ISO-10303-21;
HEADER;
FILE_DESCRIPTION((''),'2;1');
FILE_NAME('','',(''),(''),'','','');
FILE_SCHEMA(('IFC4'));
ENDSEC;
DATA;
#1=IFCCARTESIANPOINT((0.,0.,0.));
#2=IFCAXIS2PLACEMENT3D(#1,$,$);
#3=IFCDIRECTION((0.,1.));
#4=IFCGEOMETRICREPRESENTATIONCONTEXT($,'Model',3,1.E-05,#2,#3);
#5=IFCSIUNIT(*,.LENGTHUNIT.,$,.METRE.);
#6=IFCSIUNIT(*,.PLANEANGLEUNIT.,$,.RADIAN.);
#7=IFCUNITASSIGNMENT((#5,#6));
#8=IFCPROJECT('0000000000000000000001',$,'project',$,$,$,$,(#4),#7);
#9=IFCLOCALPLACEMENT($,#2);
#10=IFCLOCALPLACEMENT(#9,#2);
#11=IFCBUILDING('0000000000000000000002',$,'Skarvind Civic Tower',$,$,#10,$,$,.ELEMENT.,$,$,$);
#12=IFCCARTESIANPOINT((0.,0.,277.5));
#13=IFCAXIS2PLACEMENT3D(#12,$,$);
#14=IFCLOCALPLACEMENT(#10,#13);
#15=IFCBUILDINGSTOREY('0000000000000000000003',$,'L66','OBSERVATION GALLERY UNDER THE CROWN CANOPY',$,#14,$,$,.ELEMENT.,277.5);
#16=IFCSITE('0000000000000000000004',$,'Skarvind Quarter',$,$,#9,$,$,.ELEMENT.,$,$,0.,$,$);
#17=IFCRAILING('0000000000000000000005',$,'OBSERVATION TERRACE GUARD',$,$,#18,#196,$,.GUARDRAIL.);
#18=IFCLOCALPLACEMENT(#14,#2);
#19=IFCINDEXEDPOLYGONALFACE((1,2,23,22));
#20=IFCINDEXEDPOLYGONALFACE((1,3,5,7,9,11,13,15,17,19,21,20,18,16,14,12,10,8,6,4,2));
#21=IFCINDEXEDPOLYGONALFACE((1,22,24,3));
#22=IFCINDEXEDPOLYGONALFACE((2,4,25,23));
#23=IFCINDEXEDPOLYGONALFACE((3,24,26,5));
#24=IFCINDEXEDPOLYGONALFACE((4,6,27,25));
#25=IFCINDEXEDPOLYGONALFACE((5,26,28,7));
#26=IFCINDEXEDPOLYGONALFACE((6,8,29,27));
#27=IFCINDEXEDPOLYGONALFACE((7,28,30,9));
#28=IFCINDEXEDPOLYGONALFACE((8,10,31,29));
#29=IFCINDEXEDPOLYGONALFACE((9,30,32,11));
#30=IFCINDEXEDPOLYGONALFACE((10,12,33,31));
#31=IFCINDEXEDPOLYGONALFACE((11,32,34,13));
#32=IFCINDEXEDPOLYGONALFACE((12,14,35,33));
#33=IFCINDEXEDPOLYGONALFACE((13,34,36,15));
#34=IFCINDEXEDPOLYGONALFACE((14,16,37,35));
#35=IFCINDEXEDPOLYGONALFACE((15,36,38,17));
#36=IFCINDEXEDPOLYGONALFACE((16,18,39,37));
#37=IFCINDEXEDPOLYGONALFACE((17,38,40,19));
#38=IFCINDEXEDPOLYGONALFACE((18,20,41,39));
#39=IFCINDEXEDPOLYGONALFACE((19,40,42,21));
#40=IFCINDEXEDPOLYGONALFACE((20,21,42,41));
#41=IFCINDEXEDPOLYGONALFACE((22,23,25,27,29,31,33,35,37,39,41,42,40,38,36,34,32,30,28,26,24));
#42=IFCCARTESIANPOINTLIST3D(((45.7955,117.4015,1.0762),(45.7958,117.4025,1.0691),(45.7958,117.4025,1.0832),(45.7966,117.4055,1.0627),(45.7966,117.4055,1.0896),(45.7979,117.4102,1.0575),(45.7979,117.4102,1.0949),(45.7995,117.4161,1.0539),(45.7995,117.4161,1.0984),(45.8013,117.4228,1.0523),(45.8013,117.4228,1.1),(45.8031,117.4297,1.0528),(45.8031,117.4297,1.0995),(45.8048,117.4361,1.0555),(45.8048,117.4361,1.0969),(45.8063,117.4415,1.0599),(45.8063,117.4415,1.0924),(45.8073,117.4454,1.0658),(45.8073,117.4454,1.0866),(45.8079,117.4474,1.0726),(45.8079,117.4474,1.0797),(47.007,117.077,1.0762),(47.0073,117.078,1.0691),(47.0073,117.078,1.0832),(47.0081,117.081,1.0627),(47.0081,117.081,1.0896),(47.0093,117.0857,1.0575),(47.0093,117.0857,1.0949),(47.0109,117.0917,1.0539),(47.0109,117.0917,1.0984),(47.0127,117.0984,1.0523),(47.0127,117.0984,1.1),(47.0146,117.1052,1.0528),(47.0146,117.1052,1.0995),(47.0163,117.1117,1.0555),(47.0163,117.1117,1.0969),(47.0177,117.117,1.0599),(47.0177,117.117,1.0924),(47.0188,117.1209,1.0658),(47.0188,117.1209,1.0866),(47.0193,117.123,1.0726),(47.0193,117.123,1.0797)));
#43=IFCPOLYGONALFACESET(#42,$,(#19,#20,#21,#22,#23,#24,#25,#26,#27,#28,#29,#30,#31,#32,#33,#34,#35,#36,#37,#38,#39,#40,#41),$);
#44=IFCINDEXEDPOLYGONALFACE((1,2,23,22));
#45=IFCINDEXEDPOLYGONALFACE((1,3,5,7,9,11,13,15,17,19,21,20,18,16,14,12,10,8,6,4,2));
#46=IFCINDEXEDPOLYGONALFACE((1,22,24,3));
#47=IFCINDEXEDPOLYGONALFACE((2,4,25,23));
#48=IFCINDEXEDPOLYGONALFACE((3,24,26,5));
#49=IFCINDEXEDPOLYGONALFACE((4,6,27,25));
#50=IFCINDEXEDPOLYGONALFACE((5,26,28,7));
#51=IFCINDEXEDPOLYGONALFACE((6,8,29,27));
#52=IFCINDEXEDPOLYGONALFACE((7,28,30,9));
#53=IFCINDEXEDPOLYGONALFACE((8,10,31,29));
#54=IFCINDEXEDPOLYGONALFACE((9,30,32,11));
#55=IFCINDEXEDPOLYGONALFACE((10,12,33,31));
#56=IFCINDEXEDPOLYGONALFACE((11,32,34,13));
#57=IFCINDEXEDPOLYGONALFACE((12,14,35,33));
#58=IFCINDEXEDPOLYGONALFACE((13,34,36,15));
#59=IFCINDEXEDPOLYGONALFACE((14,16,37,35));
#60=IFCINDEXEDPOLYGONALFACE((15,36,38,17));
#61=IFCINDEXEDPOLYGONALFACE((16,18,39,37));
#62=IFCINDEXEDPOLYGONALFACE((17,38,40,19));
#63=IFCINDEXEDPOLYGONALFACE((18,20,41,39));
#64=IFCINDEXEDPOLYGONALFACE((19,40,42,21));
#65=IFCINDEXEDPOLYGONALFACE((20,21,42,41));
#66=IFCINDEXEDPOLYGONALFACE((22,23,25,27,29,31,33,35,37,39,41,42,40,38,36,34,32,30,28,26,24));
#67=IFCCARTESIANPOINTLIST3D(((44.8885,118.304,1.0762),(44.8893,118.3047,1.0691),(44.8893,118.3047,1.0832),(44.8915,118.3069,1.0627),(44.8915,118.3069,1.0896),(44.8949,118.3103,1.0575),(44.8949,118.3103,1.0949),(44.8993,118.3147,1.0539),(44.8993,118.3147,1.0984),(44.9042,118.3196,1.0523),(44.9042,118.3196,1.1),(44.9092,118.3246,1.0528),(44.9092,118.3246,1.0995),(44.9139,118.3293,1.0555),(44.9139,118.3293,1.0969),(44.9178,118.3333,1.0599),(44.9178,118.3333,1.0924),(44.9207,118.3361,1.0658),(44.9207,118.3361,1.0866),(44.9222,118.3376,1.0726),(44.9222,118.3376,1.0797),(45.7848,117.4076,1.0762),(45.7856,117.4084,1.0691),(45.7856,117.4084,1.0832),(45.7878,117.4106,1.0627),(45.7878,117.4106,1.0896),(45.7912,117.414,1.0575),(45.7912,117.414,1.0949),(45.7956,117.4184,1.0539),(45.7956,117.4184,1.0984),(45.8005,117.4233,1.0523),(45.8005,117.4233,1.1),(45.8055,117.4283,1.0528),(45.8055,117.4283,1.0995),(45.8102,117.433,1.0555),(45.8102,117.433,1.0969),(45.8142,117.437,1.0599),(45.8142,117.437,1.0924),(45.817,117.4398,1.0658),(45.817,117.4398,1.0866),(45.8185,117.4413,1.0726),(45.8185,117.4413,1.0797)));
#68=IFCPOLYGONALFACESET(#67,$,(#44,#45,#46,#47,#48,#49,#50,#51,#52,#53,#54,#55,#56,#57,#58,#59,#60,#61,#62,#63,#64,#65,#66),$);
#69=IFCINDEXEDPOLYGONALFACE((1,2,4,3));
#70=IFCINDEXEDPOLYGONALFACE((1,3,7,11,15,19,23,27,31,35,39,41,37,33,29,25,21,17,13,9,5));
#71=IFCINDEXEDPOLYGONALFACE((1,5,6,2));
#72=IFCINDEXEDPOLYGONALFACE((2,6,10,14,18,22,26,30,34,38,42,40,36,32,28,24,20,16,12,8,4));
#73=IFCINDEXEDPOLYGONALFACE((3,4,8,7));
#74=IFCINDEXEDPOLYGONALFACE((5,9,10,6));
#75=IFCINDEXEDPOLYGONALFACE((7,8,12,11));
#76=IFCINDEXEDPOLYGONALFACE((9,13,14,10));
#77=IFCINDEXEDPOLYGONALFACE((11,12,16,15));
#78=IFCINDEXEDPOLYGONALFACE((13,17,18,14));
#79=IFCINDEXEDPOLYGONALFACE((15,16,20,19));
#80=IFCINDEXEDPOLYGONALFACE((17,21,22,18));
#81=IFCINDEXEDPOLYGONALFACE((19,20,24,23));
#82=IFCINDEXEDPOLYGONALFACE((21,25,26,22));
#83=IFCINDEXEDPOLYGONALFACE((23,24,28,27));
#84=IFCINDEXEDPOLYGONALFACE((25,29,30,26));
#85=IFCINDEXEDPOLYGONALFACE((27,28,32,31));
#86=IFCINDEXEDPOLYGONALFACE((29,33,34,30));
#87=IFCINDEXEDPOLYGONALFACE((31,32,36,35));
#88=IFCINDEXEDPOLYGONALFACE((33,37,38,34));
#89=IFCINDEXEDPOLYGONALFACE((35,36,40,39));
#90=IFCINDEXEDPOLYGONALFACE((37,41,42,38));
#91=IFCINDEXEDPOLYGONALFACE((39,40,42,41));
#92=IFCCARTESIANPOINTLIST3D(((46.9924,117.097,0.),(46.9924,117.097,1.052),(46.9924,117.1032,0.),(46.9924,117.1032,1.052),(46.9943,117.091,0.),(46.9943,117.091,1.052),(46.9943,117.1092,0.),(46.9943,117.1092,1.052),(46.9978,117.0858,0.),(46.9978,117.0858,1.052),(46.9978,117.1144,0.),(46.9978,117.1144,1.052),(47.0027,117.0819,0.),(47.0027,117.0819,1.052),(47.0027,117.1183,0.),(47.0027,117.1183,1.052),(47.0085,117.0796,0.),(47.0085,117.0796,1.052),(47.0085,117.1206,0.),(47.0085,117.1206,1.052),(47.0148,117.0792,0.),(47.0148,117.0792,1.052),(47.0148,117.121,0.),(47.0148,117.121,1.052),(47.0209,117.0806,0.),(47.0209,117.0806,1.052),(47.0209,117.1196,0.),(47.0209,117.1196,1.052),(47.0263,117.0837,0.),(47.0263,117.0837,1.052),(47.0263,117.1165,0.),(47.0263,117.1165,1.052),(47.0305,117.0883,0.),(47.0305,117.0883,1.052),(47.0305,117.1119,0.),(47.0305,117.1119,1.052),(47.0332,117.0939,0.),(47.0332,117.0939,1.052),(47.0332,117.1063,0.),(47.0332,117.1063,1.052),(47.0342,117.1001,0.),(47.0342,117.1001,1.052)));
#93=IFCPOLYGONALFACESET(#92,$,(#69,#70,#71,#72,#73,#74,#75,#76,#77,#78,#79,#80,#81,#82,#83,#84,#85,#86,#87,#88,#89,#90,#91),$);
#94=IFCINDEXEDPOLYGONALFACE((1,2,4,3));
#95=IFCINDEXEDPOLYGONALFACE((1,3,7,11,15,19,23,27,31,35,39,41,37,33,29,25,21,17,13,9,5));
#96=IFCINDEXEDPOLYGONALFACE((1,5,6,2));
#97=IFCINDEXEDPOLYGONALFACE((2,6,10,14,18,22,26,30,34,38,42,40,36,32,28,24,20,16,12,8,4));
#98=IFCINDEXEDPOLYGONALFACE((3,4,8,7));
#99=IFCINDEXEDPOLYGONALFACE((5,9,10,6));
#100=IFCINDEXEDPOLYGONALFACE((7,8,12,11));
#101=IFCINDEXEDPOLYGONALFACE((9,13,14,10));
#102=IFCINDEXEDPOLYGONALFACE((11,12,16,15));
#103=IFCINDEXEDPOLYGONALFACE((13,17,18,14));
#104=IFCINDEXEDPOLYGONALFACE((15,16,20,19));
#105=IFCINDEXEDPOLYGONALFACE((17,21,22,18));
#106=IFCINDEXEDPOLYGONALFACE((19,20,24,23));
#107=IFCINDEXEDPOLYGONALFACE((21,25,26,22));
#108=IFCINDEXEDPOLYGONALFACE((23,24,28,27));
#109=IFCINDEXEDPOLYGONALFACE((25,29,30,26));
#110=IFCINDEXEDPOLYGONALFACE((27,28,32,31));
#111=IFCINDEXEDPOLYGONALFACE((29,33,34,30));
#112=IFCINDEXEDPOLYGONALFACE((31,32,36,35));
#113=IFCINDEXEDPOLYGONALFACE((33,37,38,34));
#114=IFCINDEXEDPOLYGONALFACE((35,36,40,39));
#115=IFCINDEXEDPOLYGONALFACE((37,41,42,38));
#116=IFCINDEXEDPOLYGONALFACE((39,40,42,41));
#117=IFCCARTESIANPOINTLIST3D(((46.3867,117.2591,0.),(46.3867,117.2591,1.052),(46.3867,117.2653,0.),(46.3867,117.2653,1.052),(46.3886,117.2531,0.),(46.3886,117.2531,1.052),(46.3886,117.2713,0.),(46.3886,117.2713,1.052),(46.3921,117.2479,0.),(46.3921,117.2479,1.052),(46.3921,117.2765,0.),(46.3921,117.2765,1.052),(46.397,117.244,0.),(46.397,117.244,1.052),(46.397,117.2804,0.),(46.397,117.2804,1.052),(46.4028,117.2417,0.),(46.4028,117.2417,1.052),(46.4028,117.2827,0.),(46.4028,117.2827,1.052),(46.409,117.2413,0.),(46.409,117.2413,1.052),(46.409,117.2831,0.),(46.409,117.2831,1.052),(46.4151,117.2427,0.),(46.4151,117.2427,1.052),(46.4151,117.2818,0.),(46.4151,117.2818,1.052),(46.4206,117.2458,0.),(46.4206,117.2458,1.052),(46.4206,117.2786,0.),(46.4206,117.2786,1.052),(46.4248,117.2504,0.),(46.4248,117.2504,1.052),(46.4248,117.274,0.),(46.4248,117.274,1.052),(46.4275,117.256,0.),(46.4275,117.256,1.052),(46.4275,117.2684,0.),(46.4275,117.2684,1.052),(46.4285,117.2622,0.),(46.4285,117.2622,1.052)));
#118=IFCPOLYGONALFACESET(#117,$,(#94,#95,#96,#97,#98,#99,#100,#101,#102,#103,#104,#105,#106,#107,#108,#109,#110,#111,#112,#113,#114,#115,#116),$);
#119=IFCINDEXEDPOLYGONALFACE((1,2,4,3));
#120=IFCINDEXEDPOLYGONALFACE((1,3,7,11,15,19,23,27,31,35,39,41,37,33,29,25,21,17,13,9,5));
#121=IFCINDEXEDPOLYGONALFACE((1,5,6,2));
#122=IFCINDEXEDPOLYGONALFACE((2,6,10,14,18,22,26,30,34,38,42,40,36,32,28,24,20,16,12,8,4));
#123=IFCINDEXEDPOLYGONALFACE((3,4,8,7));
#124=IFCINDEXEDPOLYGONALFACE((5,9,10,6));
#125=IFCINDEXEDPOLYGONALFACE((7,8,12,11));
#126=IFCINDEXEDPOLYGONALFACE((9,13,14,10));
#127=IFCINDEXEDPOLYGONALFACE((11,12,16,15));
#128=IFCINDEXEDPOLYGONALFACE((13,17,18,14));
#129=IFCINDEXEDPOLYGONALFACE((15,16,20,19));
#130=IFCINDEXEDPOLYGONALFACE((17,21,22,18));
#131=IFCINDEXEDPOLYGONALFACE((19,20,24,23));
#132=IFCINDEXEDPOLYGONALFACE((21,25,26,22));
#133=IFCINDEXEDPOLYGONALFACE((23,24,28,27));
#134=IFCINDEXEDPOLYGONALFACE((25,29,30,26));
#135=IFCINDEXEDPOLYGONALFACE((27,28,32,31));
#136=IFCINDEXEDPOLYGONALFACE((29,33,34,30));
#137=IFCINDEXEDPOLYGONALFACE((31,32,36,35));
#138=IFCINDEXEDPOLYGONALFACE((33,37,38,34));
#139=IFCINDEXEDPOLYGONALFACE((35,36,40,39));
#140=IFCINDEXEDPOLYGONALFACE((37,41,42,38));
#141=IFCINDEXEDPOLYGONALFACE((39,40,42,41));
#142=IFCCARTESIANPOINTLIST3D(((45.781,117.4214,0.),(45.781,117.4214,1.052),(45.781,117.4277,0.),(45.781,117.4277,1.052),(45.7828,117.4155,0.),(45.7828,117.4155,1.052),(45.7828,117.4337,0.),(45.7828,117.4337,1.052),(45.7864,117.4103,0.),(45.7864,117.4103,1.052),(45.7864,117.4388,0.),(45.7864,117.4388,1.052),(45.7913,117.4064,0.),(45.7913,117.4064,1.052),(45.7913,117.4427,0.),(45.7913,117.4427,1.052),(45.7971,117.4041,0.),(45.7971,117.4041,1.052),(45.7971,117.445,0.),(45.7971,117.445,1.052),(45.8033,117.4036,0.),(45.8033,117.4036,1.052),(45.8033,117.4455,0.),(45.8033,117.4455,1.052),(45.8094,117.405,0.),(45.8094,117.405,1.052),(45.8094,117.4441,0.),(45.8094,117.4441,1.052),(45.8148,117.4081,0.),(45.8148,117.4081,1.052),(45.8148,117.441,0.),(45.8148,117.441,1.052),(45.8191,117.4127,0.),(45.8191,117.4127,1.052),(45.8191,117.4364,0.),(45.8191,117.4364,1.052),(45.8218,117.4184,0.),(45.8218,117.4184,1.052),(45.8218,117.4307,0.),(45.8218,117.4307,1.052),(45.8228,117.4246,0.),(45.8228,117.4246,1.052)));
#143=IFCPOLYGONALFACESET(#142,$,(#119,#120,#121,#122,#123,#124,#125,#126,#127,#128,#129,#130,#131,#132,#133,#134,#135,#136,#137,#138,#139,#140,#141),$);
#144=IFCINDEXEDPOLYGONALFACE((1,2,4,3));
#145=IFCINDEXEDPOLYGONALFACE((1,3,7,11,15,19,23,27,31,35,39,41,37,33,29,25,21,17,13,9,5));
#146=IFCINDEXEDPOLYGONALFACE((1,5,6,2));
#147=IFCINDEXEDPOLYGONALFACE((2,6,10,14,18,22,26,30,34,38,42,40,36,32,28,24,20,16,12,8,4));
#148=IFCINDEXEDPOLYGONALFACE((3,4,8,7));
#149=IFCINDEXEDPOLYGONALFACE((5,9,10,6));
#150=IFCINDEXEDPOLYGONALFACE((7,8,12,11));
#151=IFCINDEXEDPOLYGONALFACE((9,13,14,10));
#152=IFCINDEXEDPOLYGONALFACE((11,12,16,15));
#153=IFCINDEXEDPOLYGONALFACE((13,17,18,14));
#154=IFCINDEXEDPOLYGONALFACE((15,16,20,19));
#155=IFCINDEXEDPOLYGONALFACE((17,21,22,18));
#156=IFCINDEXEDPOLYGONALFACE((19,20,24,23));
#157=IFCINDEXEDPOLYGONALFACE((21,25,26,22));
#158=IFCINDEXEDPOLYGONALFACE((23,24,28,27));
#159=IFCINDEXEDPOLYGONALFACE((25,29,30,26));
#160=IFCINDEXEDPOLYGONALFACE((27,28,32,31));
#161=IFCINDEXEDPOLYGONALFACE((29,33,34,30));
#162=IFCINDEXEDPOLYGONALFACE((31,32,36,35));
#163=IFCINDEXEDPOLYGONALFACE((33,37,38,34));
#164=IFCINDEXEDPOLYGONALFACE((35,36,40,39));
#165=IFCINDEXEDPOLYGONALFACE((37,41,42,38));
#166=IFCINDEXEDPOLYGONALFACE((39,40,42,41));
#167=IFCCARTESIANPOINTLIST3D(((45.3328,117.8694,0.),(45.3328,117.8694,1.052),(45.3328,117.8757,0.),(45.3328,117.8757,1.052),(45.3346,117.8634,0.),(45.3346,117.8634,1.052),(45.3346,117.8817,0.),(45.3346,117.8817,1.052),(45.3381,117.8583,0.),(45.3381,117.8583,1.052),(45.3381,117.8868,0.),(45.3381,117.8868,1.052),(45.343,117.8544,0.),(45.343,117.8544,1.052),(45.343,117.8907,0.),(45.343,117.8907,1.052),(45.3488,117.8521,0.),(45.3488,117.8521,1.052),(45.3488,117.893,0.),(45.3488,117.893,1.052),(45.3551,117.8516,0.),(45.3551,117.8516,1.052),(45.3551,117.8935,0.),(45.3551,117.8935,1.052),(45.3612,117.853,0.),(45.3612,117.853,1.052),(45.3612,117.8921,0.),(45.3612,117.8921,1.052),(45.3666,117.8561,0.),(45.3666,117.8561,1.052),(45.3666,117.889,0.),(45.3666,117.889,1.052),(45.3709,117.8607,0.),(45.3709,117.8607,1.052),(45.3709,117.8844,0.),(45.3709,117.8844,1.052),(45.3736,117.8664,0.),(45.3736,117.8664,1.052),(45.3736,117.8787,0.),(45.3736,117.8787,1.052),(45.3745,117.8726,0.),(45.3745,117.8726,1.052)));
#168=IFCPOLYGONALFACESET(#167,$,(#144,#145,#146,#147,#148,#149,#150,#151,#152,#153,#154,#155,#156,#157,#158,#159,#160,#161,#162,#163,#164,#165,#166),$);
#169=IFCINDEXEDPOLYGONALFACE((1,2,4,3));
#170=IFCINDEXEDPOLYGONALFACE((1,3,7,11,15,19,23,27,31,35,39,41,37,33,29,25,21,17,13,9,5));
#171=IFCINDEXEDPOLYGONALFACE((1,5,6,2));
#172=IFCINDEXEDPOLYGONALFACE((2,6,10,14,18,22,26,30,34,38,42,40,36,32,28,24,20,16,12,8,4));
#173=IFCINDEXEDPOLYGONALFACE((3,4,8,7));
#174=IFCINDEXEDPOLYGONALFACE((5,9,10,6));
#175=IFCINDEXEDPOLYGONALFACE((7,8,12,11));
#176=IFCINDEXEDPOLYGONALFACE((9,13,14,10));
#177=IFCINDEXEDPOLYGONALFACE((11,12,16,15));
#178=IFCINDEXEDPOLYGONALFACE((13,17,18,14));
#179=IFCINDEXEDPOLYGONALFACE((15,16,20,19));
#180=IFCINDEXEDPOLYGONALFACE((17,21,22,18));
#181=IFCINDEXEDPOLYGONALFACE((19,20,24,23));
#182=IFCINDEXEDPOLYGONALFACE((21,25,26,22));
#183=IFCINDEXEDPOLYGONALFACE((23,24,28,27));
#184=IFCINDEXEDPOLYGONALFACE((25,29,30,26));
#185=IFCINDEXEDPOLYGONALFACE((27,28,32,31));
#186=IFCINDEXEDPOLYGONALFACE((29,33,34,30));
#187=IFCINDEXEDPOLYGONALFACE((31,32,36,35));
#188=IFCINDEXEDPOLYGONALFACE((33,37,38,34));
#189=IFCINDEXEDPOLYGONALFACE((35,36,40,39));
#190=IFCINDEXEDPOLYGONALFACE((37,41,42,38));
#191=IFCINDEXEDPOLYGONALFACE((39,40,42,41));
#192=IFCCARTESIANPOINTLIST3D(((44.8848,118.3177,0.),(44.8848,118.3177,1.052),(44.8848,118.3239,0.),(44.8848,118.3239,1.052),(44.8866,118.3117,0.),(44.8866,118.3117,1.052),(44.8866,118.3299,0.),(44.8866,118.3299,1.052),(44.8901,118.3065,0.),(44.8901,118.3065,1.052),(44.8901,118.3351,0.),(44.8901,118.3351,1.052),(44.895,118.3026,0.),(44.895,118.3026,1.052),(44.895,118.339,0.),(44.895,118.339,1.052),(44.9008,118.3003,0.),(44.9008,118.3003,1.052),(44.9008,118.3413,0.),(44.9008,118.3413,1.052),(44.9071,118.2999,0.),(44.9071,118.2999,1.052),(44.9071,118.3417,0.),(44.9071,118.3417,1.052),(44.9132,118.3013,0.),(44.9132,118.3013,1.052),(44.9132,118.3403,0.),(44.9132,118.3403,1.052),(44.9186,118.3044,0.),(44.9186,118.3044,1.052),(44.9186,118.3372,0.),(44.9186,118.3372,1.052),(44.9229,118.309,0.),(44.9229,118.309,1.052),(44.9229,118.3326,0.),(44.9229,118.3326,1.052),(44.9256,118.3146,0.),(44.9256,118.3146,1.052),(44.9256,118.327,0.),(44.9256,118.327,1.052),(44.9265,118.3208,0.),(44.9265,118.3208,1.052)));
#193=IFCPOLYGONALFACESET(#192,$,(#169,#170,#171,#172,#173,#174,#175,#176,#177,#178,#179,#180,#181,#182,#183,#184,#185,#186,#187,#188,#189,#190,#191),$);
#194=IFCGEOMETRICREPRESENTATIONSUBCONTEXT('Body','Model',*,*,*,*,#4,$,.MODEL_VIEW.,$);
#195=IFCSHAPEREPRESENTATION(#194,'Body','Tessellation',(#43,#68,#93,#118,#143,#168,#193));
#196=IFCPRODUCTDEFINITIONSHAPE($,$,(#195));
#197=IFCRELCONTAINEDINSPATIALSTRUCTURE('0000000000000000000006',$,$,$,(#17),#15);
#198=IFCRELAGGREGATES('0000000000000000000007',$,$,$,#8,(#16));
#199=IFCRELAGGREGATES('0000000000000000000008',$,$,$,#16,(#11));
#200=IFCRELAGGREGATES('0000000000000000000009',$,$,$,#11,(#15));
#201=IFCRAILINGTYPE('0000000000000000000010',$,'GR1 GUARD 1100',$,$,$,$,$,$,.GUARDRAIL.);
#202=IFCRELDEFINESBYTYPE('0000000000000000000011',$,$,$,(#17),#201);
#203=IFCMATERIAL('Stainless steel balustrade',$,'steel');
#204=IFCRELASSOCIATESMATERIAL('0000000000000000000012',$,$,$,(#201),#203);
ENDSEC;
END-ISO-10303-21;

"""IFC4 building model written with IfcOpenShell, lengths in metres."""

from ifc_helpers import new_model, si_unit, direction, frame, origin, origin_2d, place, context, subcontext, project, spatial, circle, extrude, material, type_object, element, save


model = new_model("IFC4")

# Units and contexts
model_context = context("Model", 3, precision=1e-05, world=origin(), true_north=direction((0.0, 1.0)))
body_context = subcontext(model_context, "Body", "Model", "MODEL_VIEW")
ifc_project = project(units=[si_unit("LENGTHUNIT", "METRE"), si_unit("PLANEANGLEUNIT", "RADIAN")], contexts=[model_context])

# Site, building, storey
site_placement = place(None, origin())
site = spatial("IfcSite", under=ifc_project, at=site_placement, Name="Skarvind Quarter", CompositionType="ELEMENT", RefElevation=0.0)
building_placement = place(site_placement, origin())
building = spatial("IfcBuilding", under=site, at=building_placement, Name="Skarvind Civic Tower", CompositionType="ELEMENT")
storey_placement = place(building_placement, frame((0.0, 0.0, 277.5)))
storey = spatial("IfcBuildingStorey", under=building, at=storey_placement, Name="L66", Description="OBSERVATION GALLERY UNDER THE CROWN CANOPY", CompositionType="ELEMENT", Elevation=277.5)

# Railing
ifc_material_1 = material(Name="Stainless steel balustrade", Category="steel")
railing_type = type_object("IfcRailingType", Name="GR1 GUARD 1100", PredefinedType="GUARDRAIL", material=ifc_material_1)
railing_1_placement = place(storey_placement, frame((47.0132, 117.1001, 0.0)))
element("IfcRailing", 1, at=railing_1_placement, inside=storey, type_object=railing_type, Name="OBSERVATION TERRACE GUARD", PredefinedType="GUARDRAIL", context=body_context, shape_type="SweptSolid", body=[
    extrude(circle(Radius=0.0239, at=origin_2d()), frame((0.0, 0.0, 1.0762), z_axis=(-0.965953, 0.258717, 0.0), x_axis=(-0.258717, -0.965953, 0.0)), (0.0, 0.0, 1.0), 1.2542),
    extrude(circle(Radius=0.0239, at=origin_2d()), frame((-1.2114, 0.3245, 1.0762), z_axis=(-0.707107, 0.707107, 0.0), x_axis=(-0.707107, -0.707107, 0.0)), (0.0, 0.0, 1.0), 1.2676),
    extrude(circle(Radius=0.021, at=origin_2d()), origin(), (0.0, 0.0, 1.0), 1.052),
    extrude(circle(Radius=0.021, at=origin_2d()), frame((-0.6057, 0.1621, 0.0)), (0.0, 0.0, 1.0), 1.052),
    extrude(circle(Radius=0.021, at=origin_2d()), frame((-1.2114, 0.3245, 0.0)), (0.0, 0.0, 1.0), 1.052),
    extrude(circle(Radius=0.021, at=origin_2d()), frame((-1.6597, 0.7725, 0.0)), (0.0, 0.0, 1.0), 1.052),
    extrude(circle(Radius=0.021, at=origin_2d()), frame((-2.1077, 1.2207, 0.0)), (0.0, 0.0, 1.0), 1.052),
])

save(model, "model.ifc")
